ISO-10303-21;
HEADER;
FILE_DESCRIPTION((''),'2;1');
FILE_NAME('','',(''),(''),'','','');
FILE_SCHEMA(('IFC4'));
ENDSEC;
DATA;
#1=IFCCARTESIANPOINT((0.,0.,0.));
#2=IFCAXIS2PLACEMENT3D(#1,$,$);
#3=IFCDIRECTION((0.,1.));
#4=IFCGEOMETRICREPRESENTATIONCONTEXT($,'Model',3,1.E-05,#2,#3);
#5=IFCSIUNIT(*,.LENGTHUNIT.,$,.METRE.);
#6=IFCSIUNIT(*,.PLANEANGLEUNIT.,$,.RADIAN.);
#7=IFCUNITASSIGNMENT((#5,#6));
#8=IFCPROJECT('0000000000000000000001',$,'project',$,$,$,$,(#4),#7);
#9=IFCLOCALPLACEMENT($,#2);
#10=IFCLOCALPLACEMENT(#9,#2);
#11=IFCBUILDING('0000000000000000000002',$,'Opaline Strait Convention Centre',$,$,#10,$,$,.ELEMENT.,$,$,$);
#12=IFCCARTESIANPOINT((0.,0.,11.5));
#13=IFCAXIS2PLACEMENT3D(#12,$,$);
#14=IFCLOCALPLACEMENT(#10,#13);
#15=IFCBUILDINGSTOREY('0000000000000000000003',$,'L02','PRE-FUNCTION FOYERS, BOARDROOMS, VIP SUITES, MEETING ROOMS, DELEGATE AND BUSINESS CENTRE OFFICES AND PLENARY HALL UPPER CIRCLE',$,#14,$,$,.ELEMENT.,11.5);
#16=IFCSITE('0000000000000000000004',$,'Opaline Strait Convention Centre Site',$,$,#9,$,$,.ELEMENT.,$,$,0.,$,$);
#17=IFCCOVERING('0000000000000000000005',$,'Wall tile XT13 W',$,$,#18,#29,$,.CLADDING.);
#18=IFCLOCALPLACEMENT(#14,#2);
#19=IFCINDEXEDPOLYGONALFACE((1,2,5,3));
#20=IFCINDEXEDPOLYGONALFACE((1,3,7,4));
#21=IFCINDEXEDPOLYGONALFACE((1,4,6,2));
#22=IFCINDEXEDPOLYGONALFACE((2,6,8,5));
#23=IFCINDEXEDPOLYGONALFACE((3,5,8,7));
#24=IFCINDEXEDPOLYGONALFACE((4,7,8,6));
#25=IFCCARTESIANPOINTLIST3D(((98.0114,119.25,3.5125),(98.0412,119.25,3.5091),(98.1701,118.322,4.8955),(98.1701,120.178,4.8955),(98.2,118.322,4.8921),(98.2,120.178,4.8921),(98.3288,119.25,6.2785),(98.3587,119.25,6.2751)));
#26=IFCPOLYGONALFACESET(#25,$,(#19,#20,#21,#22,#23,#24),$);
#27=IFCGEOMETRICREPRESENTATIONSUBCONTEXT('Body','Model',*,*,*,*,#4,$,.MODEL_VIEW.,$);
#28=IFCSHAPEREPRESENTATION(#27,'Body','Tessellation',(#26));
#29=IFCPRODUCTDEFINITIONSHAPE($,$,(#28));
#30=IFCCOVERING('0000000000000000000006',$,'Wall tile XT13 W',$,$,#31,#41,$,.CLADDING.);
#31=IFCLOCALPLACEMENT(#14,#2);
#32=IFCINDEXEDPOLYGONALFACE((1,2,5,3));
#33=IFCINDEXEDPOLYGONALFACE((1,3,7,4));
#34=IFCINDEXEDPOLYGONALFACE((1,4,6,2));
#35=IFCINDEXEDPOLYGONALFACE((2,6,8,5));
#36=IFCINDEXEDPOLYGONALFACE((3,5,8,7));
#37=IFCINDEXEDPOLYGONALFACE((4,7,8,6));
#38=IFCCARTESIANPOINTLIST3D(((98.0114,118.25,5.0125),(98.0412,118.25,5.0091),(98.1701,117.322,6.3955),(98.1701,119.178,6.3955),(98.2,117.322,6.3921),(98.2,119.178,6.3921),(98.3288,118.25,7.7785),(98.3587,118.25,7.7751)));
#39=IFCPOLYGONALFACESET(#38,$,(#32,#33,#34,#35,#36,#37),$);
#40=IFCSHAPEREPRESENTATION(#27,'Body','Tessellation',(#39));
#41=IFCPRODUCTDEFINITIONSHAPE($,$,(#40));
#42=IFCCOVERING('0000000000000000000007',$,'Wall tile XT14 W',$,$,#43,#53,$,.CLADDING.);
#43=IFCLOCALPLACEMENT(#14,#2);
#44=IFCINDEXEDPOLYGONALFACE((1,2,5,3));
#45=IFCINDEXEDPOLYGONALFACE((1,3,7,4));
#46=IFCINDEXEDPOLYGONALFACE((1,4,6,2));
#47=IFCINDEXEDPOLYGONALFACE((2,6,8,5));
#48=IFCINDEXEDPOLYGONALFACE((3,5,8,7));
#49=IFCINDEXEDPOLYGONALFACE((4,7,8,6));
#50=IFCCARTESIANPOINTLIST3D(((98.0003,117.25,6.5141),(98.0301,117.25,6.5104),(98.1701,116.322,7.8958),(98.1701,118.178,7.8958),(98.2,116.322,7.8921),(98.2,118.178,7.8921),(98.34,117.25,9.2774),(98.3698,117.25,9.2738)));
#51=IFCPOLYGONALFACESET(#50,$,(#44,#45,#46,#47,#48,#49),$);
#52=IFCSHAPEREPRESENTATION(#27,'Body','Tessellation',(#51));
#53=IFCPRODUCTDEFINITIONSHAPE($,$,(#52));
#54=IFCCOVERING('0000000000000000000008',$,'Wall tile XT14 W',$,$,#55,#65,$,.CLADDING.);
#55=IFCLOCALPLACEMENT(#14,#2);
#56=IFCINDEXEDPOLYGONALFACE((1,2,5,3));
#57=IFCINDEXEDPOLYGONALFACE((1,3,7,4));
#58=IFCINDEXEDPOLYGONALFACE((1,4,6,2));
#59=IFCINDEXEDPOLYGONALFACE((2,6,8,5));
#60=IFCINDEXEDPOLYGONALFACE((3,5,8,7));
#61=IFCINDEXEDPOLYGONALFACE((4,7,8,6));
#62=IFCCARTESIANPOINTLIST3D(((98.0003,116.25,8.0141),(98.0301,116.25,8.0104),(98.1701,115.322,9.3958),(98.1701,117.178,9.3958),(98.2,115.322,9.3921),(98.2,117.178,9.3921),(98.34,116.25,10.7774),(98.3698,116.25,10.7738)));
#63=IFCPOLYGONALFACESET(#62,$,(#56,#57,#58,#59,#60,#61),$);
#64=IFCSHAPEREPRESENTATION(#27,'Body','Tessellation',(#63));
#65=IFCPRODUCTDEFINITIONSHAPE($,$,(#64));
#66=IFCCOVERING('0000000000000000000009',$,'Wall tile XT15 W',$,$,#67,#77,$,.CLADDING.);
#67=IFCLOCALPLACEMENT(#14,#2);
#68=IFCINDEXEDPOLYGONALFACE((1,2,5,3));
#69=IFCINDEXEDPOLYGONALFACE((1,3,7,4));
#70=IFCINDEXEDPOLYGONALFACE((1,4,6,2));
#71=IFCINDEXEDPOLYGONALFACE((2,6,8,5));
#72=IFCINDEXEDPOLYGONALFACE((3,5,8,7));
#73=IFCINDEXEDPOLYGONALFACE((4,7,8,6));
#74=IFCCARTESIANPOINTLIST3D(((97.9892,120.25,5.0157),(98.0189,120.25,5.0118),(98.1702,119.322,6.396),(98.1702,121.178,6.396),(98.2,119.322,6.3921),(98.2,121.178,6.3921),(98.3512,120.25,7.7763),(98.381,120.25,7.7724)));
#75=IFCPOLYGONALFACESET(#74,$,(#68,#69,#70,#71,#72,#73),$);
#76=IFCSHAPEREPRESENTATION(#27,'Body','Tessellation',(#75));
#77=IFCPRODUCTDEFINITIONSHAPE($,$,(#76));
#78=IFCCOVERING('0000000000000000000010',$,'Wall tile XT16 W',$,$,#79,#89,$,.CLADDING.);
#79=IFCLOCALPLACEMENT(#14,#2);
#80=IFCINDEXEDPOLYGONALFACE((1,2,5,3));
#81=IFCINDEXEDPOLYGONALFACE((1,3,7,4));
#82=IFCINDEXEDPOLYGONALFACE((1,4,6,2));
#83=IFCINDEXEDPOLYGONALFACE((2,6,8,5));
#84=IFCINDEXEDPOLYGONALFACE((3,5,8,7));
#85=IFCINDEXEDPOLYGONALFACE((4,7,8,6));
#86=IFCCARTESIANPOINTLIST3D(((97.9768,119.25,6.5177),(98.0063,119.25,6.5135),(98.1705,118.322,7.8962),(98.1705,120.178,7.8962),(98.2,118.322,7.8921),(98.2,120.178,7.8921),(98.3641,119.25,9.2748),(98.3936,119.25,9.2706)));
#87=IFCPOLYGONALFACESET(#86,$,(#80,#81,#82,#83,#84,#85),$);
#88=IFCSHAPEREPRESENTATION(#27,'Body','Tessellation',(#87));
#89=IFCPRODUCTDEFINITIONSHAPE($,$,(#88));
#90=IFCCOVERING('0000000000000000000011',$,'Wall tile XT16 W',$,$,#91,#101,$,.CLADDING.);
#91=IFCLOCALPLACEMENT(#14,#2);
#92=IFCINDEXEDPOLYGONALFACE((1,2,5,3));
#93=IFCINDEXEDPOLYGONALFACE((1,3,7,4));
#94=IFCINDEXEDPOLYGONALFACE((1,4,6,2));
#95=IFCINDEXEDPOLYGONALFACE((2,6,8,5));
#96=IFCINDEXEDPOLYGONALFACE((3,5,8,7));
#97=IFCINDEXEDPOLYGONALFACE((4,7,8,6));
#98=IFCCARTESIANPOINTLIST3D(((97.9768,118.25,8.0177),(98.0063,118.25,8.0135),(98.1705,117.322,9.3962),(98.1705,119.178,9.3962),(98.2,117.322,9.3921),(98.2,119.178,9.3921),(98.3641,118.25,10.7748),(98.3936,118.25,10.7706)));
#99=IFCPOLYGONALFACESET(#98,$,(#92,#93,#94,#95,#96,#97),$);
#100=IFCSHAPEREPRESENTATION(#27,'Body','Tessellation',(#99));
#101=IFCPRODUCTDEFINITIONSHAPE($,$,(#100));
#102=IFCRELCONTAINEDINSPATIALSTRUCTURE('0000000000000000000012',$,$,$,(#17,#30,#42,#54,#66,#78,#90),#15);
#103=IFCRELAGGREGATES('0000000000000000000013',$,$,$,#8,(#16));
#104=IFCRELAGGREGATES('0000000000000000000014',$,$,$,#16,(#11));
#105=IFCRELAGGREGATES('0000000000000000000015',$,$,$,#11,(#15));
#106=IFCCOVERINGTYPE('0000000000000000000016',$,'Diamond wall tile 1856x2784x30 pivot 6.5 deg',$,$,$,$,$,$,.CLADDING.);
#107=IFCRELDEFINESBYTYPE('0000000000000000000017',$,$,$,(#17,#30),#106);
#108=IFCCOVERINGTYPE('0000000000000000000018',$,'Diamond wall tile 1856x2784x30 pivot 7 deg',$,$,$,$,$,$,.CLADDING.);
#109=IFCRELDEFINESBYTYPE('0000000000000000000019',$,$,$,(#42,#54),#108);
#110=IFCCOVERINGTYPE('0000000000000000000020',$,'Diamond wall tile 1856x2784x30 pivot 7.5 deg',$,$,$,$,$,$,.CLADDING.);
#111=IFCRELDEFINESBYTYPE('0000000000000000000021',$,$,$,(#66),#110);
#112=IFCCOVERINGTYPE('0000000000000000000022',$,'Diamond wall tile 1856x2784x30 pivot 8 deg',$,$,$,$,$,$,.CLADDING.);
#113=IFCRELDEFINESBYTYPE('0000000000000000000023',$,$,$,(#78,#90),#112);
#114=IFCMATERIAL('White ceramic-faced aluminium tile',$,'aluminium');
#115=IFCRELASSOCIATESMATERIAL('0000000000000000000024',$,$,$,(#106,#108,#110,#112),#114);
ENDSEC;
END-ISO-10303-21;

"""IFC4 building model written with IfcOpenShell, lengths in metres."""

from ifc_helpers import new_model, si_unit, direction, frame, origin, place, context, subcontext, project, spatial, polyline, outline, extrude, material, material_profile, profile_set, type_object, element, save


model = new_model("IFC4")

# Units and contexts
model_context = context("Model", 3, precision=1e-05, world=origin(), true_north=direction((0.0, 1.0)))
body_context = subcontext(model_context, "Body", "Model", "MODEL_VIEW")
ifc_project = project(units=[si_unit("LENGTHUNIT", "METRE"), si_unit("PLANEANGLEUNIT", "RADIAN")], contexts=[model_context])

# Site, building, storey
site_placement = place(None, origin())
site = spatial("IfcSite", under=ifc_project, at=site_placement, Name="Opaline Strait Convention Centre Site", CompositionType="ELEMENT", RefElevation=0.0)
building_placement = place(site_placement, origin())
building = spatial("IfcBuilding", under=site, at=building_placement, Name="Opaline Strait Convention Centre", CompositionType="ELEMENT")
storey_placement = place(building_placement, frame((0.0, 0.0, 11.5)))
storey = spatial("IfcBuildingStorey", under=building, at=storey_placement, Name="L02", Description="PRE-FUNCTION FOYERS, BOARDROOMS, VIP SUITES, MEETING ROOMS, DELEGATE AND BUSINESS CENTRE OFFICES AND PLENARY HALL UPPER CIRCLE", CompositionType="ELEMENT", Elevation=11.5)

# Coverings
ifc_material = material(Name="White ceramic-faced aluminium tile", Category="aluminium")
ifc_material_profile_1 = material_profile(ifc_material, outline(polyline([(0.928, 0.0), (0.0, 1.3921), (-0.928, 0.0), (0.0, -1.3921), (0.928, 0.0)])), Name="Diamond tile 1856x2784")
ifc_profile_set_1 = profile_set([ifc_material_profile_1], Name="White ceramic-faced aluminium tile")
covering_type_1 = type_object("IfcCoveringType", Name="Diamond wall tile 1856x2784x30 pivot 6.5 deg", PredefinedType="CLADDING", material=ifc_profile_set_1)
for number, where, z_axis, x_axis, name in (
    (1, (98.2, 119.25, 4.8921), (-0.99348, 0.0, 0.114006), (0.0, -1.0, 0.0), "Wall tile XT13 W"),
    (2, (98.2, 118.25, 6.3921), (-0.99348, 0.0, 0.114006), (0.0, -1.0, 0.0), "Wall tile XT13 W"),
):
    element("IfcCovering", number, at=place(storey_placement, frame(where, z_axis=z_axis, x_axis=x_axis)), inside=storey, type_object=covering_type_1, Name=name, PredefinedType="CLADDING", context=body_context, shape_type="SweptSolid", body=[
        extrude(outline(polyline([(0.928, 0.0), (0.0, 1.3921), (-0.928, 0.0), (0.0, -1.3921), (0.928, 0.0)])), origin(), (0.0, 0.0, 1.0), 0.03),
    ])
ifc_material_profile_2 = material_profile(ifc_material, outline(polyline([(0.928, 0.0), (0.0, 1.3921), (-0.928, 0.0), (0.0, -1.3921), (0.928, 0.0)])), Name="Diamond tile 1856x2784")
ifc_profile_set_2 = profile_set([ifc_material_profile_2], Name="White ceramic-faced aluminium tile")
covering_type_2 = type_object("IfcCoveringType", Name="Diamond wall tile 1856x2784x30 pivot 7 deg", PredefinedType="CLADDING", material=ifc_profile_set_2)
for number, where, z_axis, x_axis, name in (
    (3, (98.2, 117.25, 7.8921), (-0.992526, 0.0, 0.122032), (0.0, -1.0, 0.0), "Wall tile XT14 W"),
    (4, (98.2, 116.25, 9.3921), (-0.992526, 0.0, 0.122032), (0.0, -1.0, 0.0), "Wall tile XT14 W"),
):
    element("IfcCovering", number, at=place(storey_placement, frame(where, z_axis=z_axis, x_axis=x_axis)), inside=storey, type_object=covering_type_2, Name=name, PredefinedType="CLADDING", context=body_context, shape_type="SweptSolid", body=[
        extrude(outline(polyline([(0.928, 0.0), (0.0, 1.3921), (-0.928, 0.0), (0.0, -1.3921), (0.928, 0.0)])), origin(), (0.0, 0.0, 1.0), 0.03),
    ])
ifc_material_profile_3 = material_profile(ifc_material, outline(polyline([(0.928, 0.0), (0.0, 1.3921), (-0.928, 0.0), (0.0, -1.3921), (0.928, 0.0)])), Name="Diamond tile 1856x2784")
ifc_profile_set_3 = profile_set([ifc_material_profile_3], Name="White ceramic-faced aluminium tile")
covering_type_3 = type_object("IfcCoveringType", Name="Diamond wall tile 1856x2784x30 pivot 7.5 deg", PredefinedType="CLADDING", material=ifc_profile_set_3)
covering_1_placement = place(storey_placement, frame((98.2, 120.25, 6.3921), z_axis=(-0.99151, 0.0, 0.130034), x_axis=(0.0, -1.0, 0.0)))
element("IfcCovering", 5, at=covering_1_placement, inside=storey, type_object=covering_type_3, Name="Wall tile XT15 W", PredefinedType="CLADDING", context=body_context, shape_type="SweptSolid", body=[
    extrude(outline(polyline([(0.928, 0.0), (0.0, 1.3921), (-0.928, 0.0), (0.0, -1.3921), (0.928, 0.0)])), origin(), (0.0, 0.0, 1.0), 0.03),
])
ifc_material_profile_4 = material_profile(ifc_material, outline(polyline([(0.928, 0.0), (0.0, 1.3921), (-0.928, 0.0), (0.0, -1.3921), (0.928, 0.0)])), Name="Diamond tile 1856x2784")
ifc_profile_set_4 = profile_set([ifc_material_profile_4], Name="White ceramic-faced aluminium tile")
covering_type_4 = type_object("IfcCoveringType", Name="Diamond wall tile 1856x2784x30 pivot 8 deg", PredefinedType="CLADDING", material=ifc_profile_set_4)
for number, where, z_axis, x_axis, name in (
    (6, (98.2, 119.25, 7.8921), (-0.990274, 0.0, 0.139129), (0.0, -1.0, 0.0), "Wall tile XT16 W"),
    (7, (98.2, 118.25, 9.3921), (-0.990274, 0.0, 0.139129), (0.0, -1.0, 0.0), "Wall tile XT16 W"),
):
    element("IfcCovering", number, at=place(storey_placement, frame(where, z_axis=z_axis, x_axis=x_axis)), inside=storey, type_object=covering_type_4, Name=name, PredefinedType="CLADDING", context=body_context, shape_type="SweptSolid", body=[
        extrude(outline(polyline([(0.928, 0.0), (0.0, 1.3921), (-0.928, 0.0), (0.0, -1.3921), (0.928, 0.0)])), origin(), (0.0, 0.0, 1.0), 0.0298),
    ])

save(model, "model.ifc")
